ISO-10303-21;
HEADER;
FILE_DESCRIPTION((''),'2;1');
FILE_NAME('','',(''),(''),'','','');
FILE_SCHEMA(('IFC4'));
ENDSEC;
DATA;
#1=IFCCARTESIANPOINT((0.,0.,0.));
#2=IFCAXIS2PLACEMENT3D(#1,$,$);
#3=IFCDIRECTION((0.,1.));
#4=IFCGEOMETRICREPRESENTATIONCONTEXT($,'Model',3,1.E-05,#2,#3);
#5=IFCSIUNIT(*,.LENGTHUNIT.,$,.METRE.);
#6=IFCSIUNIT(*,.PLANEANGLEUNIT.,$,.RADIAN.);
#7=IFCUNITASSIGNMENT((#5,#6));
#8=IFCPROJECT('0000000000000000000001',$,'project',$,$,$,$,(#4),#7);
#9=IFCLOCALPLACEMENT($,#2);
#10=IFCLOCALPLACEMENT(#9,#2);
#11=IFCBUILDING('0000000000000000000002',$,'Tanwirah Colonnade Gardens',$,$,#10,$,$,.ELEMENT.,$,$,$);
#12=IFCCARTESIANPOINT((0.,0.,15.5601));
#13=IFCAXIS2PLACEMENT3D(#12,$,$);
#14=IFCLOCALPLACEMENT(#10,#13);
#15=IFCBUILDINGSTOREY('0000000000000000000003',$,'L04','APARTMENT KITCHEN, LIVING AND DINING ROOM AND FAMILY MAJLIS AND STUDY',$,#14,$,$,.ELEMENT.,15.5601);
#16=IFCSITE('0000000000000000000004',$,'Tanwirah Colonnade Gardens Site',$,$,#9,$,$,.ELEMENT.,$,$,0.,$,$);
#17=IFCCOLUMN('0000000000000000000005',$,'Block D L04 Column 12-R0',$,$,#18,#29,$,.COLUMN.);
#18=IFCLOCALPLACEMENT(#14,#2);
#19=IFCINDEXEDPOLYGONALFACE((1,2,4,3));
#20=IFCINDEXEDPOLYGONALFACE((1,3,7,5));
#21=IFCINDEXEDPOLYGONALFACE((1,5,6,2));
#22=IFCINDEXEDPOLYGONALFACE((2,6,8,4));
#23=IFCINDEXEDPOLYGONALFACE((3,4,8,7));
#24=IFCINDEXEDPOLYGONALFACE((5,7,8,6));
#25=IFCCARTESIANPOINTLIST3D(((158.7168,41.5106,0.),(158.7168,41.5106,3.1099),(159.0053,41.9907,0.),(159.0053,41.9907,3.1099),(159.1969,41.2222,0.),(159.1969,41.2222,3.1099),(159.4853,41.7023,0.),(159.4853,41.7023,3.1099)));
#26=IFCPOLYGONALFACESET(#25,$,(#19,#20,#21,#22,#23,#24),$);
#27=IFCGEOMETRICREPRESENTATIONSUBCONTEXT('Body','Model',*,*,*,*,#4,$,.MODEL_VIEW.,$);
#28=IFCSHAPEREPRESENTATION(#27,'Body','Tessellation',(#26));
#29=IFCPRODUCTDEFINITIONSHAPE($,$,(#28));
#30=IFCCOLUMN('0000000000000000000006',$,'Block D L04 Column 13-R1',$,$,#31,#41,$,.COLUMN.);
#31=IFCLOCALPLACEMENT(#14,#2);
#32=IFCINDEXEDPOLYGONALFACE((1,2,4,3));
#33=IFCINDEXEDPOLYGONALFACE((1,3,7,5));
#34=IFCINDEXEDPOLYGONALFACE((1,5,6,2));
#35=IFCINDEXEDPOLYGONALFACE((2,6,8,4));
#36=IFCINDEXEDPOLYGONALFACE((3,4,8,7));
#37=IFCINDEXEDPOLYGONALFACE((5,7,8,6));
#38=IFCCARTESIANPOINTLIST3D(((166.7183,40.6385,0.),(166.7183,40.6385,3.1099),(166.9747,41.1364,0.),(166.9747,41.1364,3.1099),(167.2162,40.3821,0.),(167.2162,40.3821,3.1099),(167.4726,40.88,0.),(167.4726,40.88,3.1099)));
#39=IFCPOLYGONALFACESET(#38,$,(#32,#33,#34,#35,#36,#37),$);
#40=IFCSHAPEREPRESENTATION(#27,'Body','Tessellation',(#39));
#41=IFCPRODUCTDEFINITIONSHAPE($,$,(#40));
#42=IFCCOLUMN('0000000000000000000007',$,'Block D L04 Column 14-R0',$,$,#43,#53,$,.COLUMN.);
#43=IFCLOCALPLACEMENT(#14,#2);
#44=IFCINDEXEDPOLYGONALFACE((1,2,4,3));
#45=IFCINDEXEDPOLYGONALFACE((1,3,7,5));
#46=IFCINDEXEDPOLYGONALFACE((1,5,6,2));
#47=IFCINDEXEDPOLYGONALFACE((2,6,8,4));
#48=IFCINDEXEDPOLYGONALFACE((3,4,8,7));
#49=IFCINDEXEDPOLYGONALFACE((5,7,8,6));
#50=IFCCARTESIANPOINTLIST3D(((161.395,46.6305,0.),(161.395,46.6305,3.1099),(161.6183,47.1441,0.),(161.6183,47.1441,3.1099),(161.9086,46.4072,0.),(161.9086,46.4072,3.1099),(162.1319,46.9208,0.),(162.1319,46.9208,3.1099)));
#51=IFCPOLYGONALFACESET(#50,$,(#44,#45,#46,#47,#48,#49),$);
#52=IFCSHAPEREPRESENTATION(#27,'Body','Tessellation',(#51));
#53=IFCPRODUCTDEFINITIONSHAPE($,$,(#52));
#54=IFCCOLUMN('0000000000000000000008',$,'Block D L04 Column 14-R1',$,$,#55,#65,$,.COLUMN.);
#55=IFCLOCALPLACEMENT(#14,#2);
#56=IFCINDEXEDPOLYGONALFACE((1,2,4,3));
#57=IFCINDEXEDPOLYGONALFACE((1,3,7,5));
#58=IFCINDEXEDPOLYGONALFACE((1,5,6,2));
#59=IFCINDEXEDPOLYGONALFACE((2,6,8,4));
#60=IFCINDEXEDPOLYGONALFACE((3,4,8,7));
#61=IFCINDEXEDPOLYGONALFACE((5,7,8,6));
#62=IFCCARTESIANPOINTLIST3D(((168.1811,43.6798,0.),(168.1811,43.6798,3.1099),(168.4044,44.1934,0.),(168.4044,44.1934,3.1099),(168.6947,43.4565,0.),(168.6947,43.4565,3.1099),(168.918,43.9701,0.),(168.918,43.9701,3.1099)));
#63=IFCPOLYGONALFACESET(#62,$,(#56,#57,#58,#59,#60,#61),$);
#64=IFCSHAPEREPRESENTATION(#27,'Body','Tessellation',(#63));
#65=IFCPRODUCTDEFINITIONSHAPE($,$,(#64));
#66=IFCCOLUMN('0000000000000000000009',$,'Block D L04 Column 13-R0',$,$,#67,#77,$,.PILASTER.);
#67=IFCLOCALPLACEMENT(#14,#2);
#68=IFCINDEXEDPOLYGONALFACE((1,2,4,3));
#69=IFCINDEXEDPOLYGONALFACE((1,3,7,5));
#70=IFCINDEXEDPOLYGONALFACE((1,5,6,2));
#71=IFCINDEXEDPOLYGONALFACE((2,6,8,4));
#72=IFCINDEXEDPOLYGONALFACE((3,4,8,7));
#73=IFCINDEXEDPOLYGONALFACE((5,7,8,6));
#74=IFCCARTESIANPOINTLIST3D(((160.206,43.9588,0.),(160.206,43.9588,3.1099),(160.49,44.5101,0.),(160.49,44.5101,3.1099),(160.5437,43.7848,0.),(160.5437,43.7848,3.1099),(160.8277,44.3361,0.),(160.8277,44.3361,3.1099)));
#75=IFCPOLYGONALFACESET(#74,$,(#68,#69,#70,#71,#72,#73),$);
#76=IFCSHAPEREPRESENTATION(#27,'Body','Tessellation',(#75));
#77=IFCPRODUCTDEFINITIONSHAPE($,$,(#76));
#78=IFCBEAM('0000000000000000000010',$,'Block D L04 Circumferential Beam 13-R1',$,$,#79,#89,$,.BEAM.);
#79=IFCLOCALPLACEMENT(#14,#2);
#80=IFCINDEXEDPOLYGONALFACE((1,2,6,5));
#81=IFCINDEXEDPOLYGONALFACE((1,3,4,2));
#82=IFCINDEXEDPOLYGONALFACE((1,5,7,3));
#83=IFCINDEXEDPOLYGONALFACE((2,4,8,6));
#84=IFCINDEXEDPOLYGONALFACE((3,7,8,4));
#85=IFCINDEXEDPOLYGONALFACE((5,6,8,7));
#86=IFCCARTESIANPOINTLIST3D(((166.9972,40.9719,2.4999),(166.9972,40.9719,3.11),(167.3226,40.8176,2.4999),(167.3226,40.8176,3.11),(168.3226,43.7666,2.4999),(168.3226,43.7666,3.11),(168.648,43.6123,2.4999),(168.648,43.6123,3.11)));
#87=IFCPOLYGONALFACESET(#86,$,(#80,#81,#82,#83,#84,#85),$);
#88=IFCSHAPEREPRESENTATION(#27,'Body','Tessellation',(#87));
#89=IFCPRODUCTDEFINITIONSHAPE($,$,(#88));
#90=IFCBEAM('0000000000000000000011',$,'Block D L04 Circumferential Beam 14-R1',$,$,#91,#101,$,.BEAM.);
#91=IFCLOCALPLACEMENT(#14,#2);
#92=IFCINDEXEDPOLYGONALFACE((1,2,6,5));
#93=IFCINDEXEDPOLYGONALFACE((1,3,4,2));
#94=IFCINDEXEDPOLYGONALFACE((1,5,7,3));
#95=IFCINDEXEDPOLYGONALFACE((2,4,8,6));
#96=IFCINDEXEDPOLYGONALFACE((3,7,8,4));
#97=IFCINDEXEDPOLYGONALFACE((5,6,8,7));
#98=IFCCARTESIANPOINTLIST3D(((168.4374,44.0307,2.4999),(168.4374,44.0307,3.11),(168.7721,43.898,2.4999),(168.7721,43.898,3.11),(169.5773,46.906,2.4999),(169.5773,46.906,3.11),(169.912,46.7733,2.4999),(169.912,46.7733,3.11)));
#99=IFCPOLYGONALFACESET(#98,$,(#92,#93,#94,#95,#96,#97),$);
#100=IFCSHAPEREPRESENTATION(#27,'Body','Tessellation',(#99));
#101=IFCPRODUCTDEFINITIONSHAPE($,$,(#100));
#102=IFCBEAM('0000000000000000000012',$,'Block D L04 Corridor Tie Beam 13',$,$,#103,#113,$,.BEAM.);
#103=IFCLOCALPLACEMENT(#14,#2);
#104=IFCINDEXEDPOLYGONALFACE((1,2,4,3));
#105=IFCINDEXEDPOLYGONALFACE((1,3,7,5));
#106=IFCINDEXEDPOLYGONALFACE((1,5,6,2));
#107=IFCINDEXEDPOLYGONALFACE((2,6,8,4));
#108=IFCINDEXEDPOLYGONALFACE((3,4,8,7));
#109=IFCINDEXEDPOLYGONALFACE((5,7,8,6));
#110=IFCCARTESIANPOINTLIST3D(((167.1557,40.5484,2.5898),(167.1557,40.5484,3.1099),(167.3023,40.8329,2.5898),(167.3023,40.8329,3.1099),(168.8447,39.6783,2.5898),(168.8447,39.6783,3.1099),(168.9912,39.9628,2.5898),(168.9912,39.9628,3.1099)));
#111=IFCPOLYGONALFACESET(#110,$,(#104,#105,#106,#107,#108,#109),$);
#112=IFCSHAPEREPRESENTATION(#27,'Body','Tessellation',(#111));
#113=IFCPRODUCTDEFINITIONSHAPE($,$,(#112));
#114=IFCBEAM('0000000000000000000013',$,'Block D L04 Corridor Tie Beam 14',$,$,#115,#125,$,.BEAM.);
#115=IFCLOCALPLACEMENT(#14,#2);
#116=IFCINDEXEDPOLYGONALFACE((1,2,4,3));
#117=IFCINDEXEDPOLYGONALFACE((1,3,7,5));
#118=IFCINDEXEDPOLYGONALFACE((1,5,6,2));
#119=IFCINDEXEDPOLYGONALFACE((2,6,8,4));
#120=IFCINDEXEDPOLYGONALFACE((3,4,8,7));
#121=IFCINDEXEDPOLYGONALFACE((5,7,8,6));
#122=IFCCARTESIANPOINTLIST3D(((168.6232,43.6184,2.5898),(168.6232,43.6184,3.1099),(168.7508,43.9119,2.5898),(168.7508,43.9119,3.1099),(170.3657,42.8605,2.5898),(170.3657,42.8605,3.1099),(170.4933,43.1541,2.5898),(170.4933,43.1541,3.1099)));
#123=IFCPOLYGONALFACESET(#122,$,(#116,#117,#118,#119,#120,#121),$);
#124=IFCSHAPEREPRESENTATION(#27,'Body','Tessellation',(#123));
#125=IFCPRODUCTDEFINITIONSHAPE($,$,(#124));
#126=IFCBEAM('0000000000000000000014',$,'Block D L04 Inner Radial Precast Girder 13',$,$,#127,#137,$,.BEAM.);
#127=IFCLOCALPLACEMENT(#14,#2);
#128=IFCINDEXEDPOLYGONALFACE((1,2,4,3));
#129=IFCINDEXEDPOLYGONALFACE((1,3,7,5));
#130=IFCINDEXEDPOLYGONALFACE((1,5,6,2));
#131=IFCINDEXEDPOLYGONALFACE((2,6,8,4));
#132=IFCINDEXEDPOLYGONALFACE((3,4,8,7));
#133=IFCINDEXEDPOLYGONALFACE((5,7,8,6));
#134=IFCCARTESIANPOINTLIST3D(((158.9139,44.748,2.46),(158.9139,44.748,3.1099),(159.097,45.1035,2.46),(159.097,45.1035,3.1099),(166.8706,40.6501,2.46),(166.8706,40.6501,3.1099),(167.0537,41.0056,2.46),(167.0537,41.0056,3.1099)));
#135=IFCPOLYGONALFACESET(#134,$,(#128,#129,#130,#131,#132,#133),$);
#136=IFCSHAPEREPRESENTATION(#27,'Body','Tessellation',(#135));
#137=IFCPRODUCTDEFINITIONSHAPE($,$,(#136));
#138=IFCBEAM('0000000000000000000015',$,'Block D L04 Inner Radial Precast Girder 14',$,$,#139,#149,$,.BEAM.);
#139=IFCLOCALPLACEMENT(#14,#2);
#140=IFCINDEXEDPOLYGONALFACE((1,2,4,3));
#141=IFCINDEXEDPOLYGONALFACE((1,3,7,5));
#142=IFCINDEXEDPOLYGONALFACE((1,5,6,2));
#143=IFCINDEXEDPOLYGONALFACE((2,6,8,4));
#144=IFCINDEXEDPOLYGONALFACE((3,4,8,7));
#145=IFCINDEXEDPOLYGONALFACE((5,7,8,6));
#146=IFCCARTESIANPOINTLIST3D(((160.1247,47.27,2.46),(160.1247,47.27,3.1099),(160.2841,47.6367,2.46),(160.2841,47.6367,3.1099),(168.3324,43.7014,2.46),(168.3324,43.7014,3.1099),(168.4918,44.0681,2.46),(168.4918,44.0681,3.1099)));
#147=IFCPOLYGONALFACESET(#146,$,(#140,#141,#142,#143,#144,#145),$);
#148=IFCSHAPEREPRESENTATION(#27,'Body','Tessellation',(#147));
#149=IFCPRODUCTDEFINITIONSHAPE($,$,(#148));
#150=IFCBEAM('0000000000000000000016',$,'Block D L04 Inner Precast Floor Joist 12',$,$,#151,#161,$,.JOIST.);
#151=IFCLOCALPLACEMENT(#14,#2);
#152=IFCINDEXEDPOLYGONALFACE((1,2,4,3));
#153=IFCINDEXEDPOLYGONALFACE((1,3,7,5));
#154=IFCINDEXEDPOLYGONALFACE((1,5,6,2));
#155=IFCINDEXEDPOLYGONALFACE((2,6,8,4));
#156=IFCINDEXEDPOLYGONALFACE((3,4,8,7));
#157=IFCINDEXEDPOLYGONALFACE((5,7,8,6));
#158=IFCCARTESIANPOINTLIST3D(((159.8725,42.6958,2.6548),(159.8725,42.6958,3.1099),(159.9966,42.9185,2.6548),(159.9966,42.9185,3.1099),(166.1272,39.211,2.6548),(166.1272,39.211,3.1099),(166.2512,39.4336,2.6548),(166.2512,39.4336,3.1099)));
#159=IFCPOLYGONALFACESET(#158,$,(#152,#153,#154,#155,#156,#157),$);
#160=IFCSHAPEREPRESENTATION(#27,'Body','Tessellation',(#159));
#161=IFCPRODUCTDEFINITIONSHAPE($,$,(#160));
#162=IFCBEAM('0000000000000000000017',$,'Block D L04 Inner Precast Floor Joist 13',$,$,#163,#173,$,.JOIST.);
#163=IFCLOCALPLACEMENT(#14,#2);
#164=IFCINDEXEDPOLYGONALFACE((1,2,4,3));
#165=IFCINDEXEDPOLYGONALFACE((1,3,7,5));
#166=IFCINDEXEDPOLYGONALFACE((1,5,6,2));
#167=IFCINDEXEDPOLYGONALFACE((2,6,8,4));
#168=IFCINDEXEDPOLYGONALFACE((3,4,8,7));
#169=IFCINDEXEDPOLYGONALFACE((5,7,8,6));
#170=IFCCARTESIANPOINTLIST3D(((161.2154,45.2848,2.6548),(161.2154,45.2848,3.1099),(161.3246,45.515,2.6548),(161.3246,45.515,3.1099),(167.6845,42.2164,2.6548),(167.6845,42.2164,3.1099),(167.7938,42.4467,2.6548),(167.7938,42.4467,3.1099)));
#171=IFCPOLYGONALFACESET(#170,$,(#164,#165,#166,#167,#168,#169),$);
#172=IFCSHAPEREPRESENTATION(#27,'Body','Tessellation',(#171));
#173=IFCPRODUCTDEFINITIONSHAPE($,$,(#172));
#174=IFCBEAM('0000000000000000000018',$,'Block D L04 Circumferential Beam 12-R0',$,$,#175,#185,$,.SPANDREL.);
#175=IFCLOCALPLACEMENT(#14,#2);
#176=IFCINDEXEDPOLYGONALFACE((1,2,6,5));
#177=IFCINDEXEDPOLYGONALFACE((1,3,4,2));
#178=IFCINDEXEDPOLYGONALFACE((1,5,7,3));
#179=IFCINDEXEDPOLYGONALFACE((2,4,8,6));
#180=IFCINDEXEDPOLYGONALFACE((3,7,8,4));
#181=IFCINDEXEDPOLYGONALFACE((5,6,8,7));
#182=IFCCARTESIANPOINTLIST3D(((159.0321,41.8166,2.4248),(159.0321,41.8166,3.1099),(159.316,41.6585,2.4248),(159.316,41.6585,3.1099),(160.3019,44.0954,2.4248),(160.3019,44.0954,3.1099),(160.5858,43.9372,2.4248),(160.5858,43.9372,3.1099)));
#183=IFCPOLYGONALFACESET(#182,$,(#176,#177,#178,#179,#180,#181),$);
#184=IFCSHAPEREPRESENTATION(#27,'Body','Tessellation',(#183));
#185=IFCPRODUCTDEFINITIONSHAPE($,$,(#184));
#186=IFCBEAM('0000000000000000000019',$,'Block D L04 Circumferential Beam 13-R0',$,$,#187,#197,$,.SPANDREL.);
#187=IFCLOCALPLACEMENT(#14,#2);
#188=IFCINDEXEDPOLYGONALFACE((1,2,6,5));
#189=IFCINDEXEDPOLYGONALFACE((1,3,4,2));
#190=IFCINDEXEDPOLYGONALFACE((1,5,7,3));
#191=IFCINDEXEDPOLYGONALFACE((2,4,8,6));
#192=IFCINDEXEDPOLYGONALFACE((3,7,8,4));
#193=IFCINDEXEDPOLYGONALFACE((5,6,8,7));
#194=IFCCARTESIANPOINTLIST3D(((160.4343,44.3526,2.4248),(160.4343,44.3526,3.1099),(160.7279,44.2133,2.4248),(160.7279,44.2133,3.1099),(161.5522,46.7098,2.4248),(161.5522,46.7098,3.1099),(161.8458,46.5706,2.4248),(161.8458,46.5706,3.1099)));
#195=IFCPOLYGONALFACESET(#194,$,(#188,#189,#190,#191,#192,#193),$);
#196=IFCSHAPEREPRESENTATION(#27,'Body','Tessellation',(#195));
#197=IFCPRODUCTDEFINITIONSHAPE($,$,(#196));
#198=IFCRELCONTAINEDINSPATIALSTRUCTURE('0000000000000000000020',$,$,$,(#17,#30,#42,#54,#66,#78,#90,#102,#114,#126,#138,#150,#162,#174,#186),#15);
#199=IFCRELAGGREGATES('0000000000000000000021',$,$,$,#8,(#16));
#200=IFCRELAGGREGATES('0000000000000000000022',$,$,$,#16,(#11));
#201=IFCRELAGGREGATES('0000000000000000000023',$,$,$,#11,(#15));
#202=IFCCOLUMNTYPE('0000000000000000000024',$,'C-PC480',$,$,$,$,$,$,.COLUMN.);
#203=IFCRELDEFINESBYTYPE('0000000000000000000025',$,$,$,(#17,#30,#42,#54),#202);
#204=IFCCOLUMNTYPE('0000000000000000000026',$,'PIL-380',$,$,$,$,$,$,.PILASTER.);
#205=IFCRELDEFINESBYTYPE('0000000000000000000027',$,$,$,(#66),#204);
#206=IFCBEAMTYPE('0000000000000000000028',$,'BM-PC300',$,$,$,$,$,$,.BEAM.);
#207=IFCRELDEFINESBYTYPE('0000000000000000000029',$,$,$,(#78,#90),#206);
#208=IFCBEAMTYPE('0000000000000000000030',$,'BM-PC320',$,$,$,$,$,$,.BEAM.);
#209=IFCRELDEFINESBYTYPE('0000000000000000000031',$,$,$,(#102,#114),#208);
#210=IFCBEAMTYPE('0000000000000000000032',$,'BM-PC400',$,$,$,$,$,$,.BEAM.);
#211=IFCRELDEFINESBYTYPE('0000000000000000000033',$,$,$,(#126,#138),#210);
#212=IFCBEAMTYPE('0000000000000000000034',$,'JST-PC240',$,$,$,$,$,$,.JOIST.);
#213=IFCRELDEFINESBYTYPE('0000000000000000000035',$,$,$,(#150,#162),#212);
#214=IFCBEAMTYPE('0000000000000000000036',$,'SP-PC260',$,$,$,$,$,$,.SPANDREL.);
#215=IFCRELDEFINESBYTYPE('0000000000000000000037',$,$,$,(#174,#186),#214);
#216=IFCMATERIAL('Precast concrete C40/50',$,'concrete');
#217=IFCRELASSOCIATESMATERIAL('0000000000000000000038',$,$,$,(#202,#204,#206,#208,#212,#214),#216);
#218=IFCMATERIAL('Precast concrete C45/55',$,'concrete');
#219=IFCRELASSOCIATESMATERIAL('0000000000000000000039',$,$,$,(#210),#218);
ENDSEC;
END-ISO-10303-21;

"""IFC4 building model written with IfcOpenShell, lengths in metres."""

from ifc_helpers import new_model, si_unit, direction, frame, origin, origin_2d, place, context, subcontext, project, spatial, rectangle, extrude, material, material_profile, profile_set, type_object, element, save


model = new_model("IFC4")

# Units and contexts
model_context = context("Model", 3, precision=1e-05, world=origin(), true_north=direction((0.0, 1.0)))
body_context = subcontext(model_context, "Body", "Model", "MODEL_VIEW")
ifc_project = project(units=[si_unit("LENGTHUNIT", "METRE"), si_unit("PLANEANGLEUNIT", "RADIAN")], contexts=[model_context])

# Site, building, storey
site_placement = place(None, origin())
site = spatial("IfcSite", under=ifc_project, at=site_placement, Name="Tanwirah Colonnade Gardens Site", CompositionType="ELEMENT", RefElevation=0.0)
building_placement = place(site_placement, origin())
building = spatial("IfcBuilding", under=site, at=building_placement, Name="Tanwirah Colonnade Gardens", CompositionType="ELEMENT")
storey_placement = place(building_placement, frame((0.0, 0.0, 15.5601)))
storey = spatial("IfcBuildingStorey", under=building, at=storey_placement, Name="L04", Description="APARTMENT KITCHEN, LIVING AND DINING ROOM AND FAMILY MAJLIS AND STUDY", CompositionType="ELEMENT", Elevation=15.5601)

# Columns
ifc_material_1 = material(Name="Precast concrete C40/50", Category="concrete")
ifc_material_profile_1 = material_profile(ifc_material_1, rectangle(XDim=0.5601, YDim=0.5601, at=origin_2d()), Name="PC-COL 560x560")
ifc_profile_set_1 = profile_set([ifc_material_profile_1], Name="Precast concrete C40/50")
column_type_1 = type_object("IfcColumnType", Name="C-PC480", PredefinedType="COLUMN", material=ifc_profile_set_1)
for number, where, z_axis, x_axis, name in (
    (1, (159.1011, 41.6064, 0.0), (0.0, 0.0, 1.0), (0.857167, -0.515038, 0.0), "Block D L04 Column 12-R0"),
    (2, (167.0955, 40.7593, 0.0), (0.0, 0.0, 1.0), (0.889017, -0.457874, 0.0), "Block D L04 Column 13-R1"),
    (3, (161.7634, 46.7756, 0.0), (0.0, 0.0, 1.0), (0.91706, -0.398749, 0.0), "Block D L04 Column 14-R0"),
    (4, (168.5496, 43.825, 0.0), (0.0, 0.0, 1.0), (0.91706, -0.398749, 0.0), "Block D L04 Column 14-R1"),
):
    element("IfcColumn", number, at=place(storey_placement, frame(where, z_axis=z_axis, x_axis=x_axis)), inside=storey, type_object=column_type_1, Name=name, PredefinedType="COLUMN", context=body_context, shape_type="SweptSolid", body=[
        extrude(rectangle(XDim=0.5601, YDim=0.5601, at=origin_2d()), origin(), (0.0, 0.0, 1.0), 3.1099),
    ])
ifc_material_profile_2 = material_profile(ifc_material_1, rectangle(XDim=0.3799, YDim=0.6201, at=origin_2d()), Name="PC-PIL 380x620")
ifc_profile_set_2 = profile_set([ifc_material_profile_2], Name="Precast concrete C40/50")
column_type_2 = type_object("IfcColumnType", Name="PIL-380", PredefinedType="PILASTER", material=ifc_profile_set_2)
column_placement = place(storey_placement, frame((160.5168, 44.1475, 0.0), z_axis=(0.0, 0.0, 1.0), x_axis=(0.889017, -0.457874, 0.0)))
element("IfcColumn", 5, at=column_placement, inside=storey, type_object=column_type_2, Name="Block D L04 Column 13-R0", PredefinedType="PILASTER", context=body_context, shape_type="SweptSolid", body=[
    extrude(rectangle(XDim=0.3799, YDim=0.6201, at=origin_2d()), origin(), (0.0, 0.0, 1.0), 3.1099),
])

# Beams
ifc_material_profile_3 = material_profile(ifc_material_1, rectangle(XDim=0.3601, YDim=0.6101, at=origin_2d()), Name="PC-BM 360x610")
ifc_profile_set_3 = profile_set([ifc_material_profile_3], Name="Precast concrete C40/50")
beam_type_1 = type_object("IfcBeamType", Name="BM-PC300", PredefinedType="BEAM", material=ifc_profile_set_3)
for number, where, z_axis, x_axis, name in (
    (6, (167.1599, 40.8948, 2.8049), (0.428521, 0.903532, 0.0), (-0.903532, 0.428521, 0.0), "Block D L04 Circumferential Beam 13-R1"),
    (7, (168.6047, 43.9644, 2.8049), (0.368545, 0.92961, 0.0), (-0.92961, 0.368545, 0.0), "Block D L04 Circumferential Beam 14-R1"),
):
    element("IfcBeam", number, at=place(storey_placement, frame(where, z_axis=z_axis, x_axis=x_axis)), inside=storey, type_object=beam_type_1, Name=name, PredefinedType="BEAM", context=body_context, shape_type="SweptSolid", body=[
        extrude(rectangle(XDim=0.3601, YDim=0.6101, at=origin_2d()), origin(), (0.0, 0.0, 1.0), 3.093),
    ])
ifc_material_profile_4 = material_profile(ifc_material_1, rectangle(XDim=0.3201, YDim=0.52, at=origin_2d()), Name="PC-BM 320x520")
ifc_profile_set_4 = profile_set([ifc_material_profile_4], Name="Precast concrete C40/50")
beam_type_2 = type_object("IfcBeamType", Name="BM-PC320", PredefinedType="BEAM", material=ifc_profile_set_4)
beam_1_placement = place(storey_placement, frame((167.229, 40.6907, 2.8499), z_axis=(0.888965, -0.457975, 0.0), x_axis=(0.457975, 0.888965, 0.0)))
element("IfcBeam", 8, at=beam_1_placement, inside=storey, type_object=beam_type_2, Name="Block D L04 Corridor Tie Beam 13", PredefinedType="BEAM", context=body_context, shape_type="SweptSolid", body=[
    extrude(rectangle(XDim=0.3201, YDim=0.52, at=origin_2d()), origin(), (0.0, 0.0, 1.0), 1.8999),
])
beam_2_placement = place(storey_placement, frame((168.687, 43.7651, 2.8499), z_axis=(0.917025, -0.398829, 0.0), x_axis=(0.398829, 0.917025, 0.0)))
element("IfcBeam", 9, at=beam_2_placement, inside=storey, type_object=beam_type_2, Name="Block D L04 Corridor Tie Beam 14", PredefinedType="BEAM", context=body_context, shape_type="SweptSolid", body=[
    extrude(rectangle(XDim=0.3201, YDim=0.52, at=origin_2d()), origin(), (0.0, 0.0, 1.0), 1.9001),
])
ifc_material_2 = material(Name="Precast concrete C45/55", Category="concrete")
ifc_material_profile_5 = material_profile(ifc_material_2, rectangle(XDim=0.3999, YDim=0.6499, at=origin_2d()), Name="PC-BM 400x650")
ifc_profile_set_5 = profile_set([ifc_material_profile_5], Name="Precast concrete C45/55")
beam_type_3 = type_object("IfcBeamType", Name="BM-PC400", PredefinedType="BEAM", material=ifc_profile_set_5)
for number, where, z_axis, x_axis, name in (
    (10, (166.9622, 40.8279, 2.7849), (-0.889022, 0.457864, 0.0), (-0.457864, -0.889022, 0.0), "Block D L04 Inner Radial Precast Girder 13"),
    (11, (168.4121, 43.8848, 2.7849), (-0.91707, 0.398727, 0.0), (-0.398727, -0.91707, 0.0), "Block D L04 Inner Radial Precast Girder 14"),
):
    element("IfcBeam", number, at=place(storey_placement, frame(where, z_axis=z_axis, x_axis=x_axis)), inside=storey, type_object=beam_type_3, Name=name, PredefinedType="BEAM", context=body_context, shape_type="SweptSolid", body=[
        extrude(rectangle(XDim=0.3999, YDim=0.6499, at=origin_2d()), origin(), (0.0, 0.0, 1.0), 8.95),
    ])
ifc_material_profile_6 = material_profile(ifc_material_1, rectangle(XDim=0.2549, YDim=0.4551, at=origin_2d()), Name="PC-JST 255x455")
ifc_profile_set_6 = profile_set([ifc_material_profile_6], Name="Precast concrete C40/50")
beam_type_4 = type_object("IfcBeamType", Name="JST-PC240", PredefinedType="JOIST", material=ifc_profile_set_6)
for number, where, z_axis, x_axis, name in (
    (12, (159.9346, 42.8071, 2.8823), (0.87356, -0.486717, 0.0), (0.486717, 0.87356, 0.0), "Block D L04 Inner Precast Floor Joist 12"),
    (13, (161.27, 45.3999, 2.8823), (0.903522, -0.428541, 0.0), (0.428541, 0.903522, 0.0), "Block D L04 Inner Precast Floor Joist 13"),
):
    element("IfcBeam", number, at=place(storey_placement, frame(where, z_axis=z_axis, x_axis=x_axis)), inside=storey, type_object=beam_type_4, Name=name, PredefinedType="JOIST", context=body_context, shape_type="SweptSolid", body=[
        extrude(rectangle(XDim=0.2549, YDim=0.4551, at=origin_2d()), origin(), (0.0, 0.0, 1.0), 7.1599),
    ])
ifc_material_profile_7 = material_profile(ifc_material_1, rectangle(XDim=0.325, YDim=0.6851, at=origin_2d()), Name="PC-SP 325x685")
ifc_profile_set_7 = profile_set([ifc_material_profile_7], Name="Precast concrete C40/50")
beam_type_5 = type_object("IfcBeamType", Name="SP-PC260", PredefinedType="SPANDREL", material=ifc_profile_set_7)
beam_3_placement = place(storey_placement, frame((159.1741, 41.7375, 2.7673), z_axis=(0.486747, 0.873543, 0.0), x_axis=(-0.873543, 0.486747, 0.0)))
element("IfcBeam", 14, at=beam_3_placement, inside=storey, type_object=beam_type_5, Name="Block D L04 Circumferential Beam 12-R0", PredefinedType="SPANDREL", context=body_context, shape_type="SweptSolid", body=[
    extrude(rectangle(XDim=0.325, YDim=0.6851, at=origin_2d()), origin(), (0.0, 0.0, 1.0), 2.6086),
])
beam_4_placement = place(storey_placement, frame((160.5811, 44.283, 2.7673), z_axis=(0.428513, 0.903536, 0.0), x_axis=(-0.903536, 0.428513, 0.0)))
element("IfcBeam", 15, at=beam_4_placement, inside=storey, type_object=beam_type_5, Name="Block D L04 Circumferential Beam 13-R0", PredefinedType="SPANDREL", context=body_context, shape_type="SweptSolid", body=[
    extrude(rectangle(XDim=0.325, YDim=0.6851, at=origin_2d()), origin(), (0.0, 0.0, 1.0), 2.6089),
])

save(model, "model.ifc")
